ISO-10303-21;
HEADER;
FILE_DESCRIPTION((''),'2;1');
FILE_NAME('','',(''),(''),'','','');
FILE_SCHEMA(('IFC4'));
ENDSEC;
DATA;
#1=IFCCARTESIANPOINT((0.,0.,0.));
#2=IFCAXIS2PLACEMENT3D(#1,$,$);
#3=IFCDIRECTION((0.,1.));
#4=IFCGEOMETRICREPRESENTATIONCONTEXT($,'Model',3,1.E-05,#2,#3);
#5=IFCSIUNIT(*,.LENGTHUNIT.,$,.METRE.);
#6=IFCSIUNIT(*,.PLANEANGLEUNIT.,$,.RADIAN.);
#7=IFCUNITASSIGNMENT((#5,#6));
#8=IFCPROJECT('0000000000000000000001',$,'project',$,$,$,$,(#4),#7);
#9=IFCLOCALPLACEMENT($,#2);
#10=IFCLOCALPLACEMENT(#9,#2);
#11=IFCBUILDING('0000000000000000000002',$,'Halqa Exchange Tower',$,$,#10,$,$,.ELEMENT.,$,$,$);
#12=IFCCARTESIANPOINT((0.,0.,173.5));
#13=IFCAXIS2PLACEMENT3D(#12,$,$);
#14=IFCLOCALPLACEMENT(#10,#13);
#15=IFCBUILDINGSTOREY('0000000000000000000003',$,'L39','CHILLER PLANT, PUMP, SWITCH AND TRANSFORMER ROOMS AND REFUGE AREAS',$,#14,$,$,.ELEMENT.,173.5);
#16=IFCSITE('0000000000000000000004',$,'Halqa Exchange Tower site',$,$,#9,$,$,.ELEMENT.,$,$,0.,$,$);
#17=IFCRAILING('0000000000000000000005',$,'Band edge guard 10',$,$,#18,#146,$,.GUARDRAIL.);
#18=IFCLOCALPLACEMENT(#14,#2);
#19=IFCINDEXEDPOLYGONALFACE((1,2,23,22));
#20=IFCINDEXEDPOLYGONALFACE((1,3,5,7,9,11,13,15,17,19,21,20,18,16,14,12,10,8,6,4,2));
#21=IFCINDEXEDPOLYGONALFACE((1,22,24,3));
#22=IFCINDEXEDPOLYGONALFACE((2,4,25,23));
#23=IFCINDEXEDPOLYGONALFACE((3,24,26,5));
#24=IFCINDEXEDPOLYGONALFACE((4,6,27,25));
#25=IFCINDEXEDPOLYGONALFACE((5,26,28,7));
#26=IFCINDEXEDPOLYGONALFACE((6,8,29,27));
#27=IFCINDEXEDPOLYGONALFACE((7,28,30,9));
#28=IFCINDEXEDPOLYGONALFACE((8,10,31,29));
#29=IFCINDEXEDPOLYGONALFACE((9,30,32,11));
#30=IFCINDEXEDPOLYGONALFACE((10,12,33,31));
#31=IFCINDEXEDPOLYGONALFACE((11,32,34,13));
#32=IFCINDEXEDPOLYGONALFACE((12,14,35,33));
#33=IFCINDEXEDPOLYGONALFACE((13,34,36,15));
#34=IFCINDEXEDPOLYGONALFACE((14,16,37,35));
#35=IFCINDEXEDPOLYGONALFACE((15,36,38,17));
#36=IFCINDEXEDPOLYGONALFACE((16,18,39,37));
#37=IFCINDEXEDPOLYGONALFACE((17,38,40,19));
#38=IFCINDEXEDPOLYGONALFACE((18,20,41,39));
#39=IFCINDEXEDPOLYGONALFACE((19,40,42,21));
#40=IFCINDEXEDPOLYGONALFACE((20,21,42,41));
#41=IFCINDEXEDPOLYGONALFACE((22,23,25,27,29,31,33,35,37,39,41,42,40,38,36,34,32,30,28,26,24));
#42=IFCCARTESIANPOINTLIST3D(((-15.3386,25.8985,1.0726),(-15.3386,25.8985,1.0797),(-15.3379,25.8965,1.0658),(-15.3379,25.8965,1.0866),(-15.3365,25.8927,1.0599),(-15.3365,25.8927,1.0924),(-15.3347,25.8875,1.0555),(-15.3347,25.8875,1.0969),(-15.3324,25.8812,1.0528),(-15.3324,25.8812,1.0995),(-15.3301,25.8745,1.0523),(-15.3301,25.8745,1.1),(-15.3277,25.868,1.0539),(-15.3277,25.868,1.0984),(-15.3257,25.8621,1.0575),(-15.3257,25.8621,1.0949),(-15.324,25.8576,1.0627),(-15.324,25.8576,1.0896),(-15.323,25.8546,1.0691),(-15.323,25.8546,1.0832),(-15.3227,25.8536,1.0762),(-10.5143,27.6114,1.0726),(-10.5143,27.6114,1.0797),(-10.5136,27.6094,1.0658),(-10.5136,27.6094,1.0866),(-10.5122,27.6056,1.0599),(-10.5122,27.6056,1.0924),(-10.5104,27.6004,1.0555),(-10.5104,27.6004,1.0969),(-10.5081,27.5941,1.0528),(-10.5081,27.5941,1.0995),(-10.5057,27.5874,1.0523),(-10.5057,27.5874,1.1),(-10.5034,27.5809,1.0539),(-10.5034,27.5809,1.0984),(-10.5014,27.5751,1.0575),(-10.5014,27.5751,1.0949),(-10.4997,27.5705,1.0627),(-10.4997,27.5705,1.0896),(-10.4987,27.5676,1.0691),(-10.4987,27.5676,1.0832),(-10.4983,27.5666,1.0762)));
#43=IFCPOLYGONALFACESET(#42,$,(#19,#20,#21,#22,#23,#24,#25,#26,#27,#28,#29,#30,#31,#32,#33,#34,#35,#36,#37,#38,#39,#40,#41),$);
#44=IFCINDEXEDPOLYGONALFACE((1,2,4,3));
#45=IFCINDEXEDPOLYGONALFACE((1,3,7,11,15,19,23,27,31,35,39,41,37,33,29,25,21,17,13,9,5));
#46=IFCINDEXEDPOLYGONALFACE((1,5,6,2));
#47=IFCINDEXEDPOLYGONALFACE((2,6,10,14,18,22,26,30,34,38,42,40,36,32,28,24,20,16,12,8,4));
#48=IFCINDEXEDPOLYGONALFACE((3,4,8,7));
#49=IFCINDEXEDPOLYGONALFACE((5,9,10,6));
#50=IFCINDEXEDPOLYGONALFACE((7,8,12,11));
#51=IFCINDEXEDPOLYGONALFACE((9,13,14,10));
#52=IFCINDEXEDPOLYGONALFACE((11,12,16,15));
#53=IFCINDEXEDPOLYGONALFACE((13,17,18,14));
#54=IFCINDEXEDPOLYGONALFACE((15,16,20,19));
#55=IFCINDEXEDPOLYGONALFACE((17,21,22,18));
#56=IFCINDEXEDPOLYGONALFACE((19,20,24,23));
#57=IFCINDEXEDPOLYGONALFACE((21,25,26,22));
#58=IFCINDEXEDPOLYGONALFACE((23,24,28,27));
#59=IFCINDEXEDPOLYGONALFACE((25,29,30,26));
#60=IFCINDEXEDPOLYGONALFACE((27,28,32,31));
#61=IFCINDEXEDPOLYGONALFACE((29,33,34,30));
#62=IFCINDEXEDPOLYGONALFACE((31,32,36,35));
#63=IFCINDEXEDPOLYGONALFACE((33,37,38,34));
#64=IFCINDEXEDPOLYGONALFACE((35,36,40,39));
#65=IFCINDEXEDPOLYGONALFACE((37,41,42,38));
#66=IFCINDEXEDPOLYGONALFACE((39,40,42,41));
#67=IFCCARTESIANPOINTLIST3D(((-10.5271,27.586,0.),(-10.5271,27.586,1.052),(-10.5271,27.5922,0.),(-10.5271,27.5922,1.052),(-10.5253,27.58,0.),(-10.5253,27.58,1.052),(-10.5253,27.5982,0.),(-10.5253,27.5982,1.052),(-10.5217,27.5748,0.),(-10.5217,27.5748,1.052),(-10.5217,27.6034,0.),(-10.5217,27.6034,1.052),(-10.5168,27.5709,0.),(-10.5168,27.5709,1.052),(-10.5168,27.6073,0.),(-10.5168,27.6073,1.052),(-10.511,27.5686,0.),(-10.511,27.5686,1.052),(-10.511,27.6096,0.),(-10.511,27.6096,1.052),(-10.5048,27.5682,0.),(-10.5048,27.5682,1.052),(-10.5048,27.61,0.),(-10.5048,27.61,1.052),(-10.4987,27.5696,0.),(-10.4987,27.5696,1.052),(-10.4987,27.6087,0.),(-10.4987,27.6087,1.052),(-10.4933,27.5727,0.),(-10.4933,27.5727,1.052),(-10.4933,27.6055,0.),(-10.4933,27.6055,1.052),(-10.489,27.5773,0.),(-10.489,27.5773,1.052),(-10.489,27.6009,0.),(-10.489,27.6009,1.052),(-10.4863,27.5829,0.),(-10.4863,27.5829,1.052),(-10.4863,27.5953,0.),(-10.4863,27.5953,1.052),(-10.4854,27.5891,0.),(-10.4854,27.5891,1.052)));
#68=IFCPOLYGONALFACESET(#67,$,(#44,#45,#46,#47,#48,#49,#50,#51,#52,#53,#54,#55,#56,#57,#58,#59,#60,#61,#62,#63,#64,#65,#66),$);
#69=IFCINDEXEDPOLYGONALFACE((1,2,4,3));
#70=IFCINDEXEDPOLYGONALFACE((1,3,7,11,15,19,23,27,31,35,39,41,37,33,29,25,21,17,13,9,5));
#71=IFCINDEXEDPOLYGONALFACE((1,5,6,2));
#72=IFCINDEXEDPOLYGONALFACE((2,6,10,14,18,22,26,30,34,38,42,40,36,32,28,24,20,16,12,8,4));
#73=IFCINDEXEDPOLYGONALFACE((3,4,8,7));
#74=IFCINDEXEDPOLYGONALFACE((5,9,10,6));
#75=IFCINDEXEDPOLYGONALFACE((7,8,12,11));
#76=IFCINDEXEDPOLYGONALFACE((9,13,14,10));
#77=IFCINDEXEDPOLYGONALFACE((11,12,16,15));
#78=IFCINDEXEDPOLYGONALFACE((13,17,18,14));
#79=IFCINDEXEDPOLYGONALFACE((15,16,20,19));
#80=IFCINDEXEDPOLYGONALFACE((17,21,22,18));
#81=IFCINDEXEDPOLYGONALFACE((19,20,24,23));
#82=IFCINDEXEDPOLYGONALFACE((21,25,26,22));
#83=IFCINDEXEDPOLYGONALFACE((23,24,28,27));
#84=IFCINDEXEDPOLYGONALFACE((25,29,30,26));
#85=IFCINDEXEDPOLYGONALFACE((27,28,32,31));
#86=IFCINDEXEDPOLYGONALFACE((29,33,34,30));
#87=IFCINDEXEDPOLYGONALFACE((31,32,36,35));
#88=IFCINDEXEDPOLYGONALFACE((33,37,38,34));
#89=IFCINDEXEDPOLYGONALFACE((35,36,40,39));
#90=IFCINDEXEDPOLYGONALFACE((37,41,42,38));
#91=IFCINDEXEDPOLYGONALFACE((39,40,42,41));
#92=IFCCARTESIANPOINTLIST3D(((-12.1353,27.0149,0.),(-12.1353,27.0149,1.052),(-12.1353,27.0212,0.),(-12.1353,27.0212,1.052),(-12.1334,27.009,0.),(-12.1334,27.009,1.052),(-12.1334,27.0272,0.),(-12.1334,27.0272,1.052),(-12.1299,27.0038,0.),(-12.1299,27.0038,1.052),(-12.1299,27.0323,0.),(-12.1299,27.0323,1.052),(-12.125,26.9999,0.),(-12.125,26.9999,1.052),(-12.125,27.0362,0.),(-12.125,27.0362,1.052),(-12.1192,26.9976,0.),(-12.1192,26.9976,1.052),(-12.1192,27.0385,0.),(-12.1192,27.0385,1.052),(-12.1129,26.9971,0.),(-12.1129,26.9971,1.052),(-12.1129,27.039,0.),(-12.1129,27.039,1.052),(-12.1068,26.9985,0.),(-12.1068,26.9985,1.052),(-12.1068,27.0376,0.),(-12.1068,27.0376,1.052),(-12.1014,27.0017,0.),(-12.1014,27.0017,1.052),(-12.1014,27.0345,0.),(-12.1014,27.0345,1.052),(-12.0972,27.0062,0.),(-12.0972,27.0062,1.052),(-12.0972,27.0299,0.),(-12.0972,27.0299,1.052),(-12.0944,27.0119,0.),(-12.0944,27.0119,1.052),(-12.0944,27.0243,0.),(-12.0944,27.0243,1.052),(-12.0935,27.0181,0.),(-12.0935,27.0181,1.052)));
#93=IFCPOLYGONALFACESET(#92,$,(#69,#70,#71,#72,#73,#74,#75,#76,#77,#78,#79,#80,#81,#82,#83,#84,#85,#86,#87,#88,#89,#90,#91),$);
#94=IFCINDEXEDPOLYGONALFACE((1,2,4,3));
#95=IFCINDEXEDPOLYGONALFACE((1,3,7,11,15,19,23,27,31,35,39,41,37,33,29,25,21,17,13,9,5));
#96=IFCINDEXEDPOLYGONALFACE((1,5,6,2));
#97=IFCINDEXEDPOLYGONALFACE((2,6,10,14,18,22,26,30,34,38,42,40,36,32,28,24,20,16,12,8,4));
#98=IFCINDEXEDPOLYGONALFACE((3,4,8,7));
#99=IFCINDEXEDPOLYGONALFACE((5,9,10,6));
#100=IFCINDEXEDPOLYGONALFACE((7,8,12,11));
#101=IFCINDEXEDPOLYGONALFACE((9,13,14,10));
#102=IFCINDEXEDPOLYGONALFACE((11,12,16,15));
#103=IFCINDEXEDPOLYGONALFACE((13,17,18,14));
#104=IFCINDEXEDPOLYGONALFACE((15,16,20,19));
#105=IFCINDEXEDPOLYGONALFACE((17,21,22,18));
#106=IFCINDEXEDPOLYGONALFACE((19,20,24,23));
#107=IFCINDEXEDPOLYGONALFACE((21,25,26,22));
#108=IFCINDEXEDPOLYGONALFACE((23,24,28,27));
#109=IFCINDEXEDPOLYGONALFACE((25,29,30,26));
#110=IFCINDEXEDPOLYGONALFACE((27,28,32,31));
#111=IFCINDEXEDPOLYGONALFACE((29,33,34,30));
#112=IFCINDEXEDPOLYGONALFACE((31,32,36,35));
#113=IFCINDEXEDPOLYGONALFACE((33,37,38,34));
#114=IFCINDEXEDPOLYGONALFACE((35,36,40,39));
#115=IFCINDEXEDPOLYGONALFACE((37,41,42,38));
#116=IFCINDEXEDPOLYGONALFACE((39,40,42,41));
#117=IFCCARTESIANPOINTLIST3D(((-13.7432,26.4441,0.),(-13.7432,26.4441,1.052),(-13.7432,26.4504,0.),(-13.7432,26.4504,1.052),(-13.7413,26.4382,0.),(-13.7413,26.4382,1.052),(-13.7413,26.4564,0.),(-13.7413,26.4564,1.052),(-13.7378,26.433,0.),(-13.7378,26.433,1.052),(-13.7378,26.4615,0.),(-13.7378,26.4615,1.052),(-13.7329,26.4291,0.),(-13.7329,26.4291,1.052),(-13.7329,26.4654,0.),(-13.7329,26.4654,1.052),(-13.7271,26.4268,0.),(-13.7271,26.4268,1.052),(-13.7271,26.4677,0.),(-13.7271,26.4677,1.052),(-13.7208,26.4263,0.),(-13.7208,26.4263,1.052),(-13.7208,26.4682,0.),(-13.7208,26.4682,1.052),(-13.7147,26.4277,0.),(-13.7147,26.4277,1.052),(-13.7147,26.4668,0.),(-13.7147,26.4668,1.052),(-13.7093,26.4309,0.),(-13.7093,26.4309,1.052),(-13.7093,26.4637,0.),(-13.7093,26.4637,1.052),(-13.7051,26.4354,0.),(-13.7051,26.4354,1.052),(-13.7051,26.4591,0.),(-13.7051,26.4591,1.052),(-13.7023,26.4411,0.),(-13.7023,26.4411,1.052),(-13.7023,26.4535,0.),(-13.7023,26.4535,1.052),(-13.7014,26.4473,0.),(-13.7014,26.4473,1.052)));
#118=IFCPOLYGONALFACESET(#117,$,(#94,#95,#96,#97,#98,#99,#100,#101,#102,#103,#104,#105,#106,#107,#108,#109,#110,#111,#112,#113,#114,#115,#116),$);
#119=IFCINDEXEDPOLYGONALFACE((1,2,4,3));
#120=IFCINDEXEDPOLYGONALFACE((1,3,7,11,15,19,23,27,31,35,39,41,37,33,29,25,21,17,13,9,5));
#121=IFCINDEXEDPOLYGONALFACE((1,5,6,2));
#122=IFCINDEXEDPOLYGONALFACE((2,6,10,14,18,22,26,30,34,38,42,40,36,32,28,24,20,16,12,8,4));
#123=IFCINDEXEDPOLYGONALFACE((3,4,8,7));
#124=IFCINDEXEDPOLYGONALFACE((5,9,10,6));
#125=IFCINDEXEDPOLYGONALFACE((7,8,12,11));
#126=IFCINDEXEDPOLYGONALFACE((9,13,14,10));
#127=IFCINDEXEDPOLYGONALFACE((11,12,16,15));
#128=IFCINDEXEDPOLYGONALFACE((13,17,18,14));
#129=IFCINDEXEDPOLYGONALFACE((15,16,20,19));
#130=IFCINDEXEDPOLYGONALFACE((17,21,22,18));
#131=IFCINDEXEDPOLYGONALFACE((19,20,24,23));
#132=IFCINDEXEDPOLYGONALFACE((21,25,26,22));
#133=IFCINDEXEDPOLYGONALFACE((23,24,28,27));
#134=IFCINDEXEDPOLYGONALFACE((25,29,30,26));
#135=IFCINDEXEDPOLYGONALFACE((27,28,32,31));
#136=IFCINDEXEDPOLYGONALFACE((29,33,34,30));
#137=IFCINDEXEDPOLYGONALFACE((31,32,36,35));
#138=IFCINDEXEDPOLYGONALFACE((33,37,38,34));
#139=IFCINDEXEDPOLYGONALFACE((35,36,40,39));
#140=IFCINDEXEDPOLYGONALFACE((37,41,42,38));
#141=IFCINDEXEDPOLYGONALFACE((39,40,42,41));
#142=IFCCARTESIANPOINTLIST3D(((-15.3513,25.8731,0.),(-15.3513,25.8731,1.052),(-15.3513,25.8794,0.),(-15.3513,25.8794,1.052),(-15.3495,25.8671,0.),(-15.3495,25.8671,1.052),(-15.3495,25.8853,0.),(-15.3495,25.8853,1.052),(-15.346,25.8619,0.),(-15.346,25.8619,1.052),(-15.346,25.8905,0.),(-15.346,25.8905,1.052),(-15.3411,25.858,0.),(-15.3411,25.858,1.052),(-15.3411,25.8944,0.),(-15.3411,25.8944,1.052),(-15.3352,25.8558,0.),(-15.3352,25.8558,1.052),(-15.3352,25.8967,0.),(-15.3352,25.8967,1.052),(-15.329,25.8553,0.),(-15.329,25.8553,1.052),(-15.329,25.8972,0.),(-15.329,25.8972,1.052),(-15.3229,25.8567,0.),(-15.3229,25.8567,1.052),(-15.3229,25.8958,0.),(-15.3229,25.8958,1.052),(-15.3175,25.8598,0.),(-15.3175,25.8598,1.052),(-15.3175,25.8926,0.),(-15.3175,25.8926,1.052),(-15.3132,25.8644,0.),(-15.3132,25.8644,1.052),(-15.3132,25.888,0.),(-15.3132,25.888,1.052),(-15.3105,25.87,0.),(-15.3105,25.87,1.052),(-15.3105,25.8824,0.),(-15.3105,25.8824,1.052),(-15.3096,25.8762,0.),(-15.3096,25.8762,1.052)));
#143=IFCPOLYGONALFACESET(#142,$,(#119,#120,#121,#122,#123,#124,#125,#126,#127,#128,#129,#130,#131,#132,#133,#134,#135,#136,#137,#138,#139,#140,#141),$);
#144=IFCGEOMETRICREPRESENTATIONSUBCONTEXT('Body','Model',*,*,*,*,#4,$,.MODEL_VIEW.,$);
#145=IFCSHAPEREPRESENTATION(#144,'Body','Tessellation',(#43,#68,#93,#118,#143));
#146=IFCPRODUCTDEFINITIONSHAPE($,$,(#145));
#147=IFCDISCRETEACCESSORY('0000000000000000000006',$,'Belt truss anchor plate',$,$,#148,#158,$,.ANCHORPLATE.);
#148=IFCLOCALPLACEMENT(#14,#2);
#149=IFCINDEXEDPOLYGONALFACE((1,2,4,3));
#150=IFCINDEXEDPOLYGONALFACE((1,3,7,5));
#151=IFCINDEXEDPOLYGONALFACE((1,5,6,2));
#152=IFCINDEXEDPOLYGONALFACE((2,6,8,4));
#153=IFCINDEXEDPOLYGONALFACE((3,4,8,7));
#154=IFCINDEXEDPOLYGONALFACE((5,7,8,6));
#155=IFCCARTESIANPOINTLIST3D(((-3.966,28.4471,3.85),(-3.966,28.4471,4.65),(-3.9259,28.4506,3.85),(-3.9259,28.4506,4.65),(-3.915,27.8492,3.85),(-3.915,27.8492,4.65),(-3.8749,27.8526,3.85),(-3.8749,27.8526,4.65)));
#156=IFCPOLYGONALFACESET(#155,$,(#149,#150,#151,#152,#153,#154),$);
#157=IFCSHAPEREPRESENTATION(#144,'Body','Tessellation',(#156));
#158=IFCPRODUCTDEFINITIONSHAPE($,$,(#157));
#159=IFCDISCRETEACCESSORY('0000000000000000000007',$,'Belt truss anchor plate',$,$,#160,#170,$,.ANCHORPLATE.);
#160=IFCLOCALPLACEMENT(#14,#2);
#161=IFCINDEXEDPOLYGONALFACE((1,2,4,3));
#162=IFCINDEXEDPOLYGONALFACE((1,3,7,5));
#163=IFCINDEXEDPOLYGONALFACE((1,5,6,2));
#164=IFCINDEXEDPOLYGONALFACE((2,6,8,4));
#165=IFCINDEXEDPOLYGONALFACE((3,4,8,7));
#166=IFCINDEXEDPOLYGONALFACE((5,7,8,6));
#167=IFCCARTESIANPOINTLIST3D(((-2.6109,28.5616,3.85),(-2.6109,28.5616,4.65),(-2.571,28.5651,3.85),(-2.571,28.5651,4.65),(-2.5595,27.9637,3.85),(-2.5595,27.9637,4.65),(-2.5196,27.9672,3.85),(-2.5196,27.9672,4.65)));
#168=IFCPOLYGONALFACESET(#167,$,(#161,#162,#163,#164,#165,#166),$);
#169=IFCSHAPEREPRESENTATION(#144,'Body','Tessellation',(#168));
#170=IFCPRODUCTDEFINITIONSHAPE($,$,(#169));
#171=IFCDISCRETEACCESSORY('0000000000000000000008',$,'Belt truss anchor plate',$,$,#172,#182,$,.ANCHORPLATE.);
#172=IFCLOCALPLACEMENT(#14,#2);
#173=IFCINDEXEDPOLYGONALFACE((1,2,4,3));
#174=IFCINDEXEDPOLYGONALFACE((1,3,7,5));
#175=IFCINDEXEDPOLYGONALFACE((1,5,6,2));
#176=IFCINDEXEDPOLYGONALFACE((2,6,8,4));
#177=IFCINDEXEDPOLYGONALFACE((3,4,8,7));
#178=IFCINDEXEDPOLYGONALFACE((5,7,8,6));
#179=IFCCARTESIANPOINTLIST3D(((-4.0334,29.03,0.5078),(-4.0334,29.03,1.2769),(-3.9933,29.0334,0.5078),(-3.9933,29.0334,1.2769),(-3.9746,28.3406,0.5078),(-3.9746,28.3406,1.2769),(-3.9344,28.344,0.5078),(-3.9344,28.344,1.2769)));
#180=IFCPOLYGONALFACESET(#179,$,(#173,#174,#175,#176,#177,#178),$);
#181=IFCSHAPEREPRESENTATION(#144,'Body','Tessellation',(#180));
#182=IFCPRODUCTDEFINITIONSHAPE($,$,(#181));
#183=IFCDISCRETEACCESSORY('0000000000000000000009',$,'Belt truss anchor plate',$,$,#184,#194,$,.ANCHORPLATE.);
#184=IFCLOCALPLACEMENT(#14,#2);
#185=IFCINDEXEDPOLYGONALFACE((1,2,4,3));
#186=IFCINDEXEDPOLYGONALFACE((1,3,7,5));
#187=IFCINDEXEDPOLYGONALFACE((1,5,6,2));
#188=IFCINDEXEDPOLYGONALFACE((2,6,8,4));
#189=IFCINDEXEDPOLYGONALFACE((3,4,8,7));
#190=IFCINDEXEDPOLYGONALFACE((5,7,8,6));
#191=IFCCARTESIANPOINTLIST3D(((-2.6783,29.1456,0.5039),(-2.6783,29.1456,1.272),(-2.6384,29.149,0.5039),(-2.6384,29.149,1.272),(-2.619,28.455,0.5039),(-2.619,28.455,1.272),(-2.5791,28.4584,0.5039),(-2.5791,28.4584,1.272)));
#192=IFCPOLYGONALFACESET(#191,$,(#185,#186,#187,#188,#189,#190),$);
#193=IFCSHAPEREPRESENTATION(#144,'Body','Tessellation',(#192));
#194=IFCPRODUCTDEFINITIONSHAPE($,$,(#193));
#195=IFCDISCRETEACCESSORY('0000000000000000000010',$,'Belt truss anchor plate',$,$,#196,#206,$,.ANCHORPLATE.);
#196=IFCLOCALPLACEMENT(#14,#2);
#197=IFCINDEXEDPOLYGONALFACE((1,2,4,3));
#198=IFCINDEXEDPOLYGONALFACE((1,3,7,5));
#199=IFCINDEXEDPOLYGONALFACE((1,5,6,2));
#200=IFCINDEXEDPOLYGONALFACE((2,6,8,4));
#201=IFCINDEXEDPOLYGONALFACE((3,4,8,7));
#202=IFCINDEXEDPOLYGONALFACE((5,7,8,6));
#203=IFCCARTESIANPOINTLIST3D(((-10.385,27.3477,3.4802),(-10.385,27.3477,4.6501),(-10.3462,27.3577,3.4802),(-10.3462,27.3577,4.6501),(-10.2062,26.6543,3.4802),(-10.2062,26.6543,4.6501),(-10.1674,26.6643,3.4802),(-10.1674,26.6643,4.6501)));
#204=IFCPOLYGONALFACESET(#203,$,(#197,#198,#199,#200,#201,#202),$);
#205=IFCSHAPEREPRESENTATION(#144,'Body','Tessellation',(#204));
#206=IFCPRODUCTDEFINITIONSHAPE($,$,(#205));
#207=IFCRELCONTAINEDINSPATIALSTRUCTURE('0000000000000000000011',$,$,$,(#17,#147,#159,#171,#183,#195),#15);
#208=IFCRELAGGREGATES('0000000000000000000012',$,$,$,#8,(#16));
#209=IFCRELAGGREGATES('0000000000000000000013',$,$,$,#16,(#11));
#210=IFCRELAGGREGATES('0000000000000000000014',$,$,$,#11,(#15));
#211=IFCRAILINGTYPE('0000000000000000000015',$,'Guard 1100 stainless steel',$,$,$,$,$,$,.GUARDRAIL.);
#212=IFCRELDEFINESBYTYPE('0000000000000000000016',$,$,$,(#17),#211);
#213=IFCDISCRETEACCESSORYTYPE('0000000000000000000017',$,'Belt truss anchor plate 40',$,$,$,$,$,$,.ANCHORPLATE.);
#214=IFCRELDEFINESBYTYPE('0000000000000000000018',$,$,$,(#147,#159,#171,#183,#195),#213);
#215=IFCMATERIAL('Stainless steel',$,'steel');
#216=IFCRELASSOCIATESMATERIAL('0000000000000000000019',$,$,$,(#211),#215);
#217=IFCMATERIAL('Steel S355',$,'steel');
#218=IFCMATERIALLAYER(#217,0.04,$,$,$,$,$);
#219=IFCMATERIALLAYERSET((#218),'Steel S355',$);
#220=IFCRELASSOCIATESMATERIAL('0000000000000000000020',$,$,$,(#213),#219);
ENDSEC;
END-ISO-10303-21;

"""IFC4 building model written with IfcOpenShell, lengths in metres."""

from ifc_helpers import new_model, si_unit, direction, frame, origin, origin_2d, place, context, subcontext, project, spatial, rectangle, circle, extrude, material, layer, layer_set, type_object, element, save


model = new_model("IFC4")

# Units and contexts
model_context = context("Model", 3, precision=1e-05, world=origin(), true_north=direction((0.0, 1.0)))
body_context = subcontext(model_context, "Body", "Model", "MODEL_VIEW")
ifc_project = project(units=[si_unit("LENGTHUNIT", "METRE"), si_unit("PLANEANGLEUNIT", "RADIAN")], contexts=[model_context])

# Site, building, storey
site_placement = place(None, origin())
site = spatial("IfcSite", under=ifc_project, at=site_placement, Name="Halqa Exchange Tower site", CompositionType="ELEMENT", RefElevation=0.0)
building_placement = place(site_placement, origin())
building = spatial("IfcBuilding", under=site, at=building_placement, Name="Halqa Exchange Tower", CompositionType="ELEMENT")
storey_placement = place(building_placement, frame((0.0, 0.0, 173.5)))
storey = spatial("IfcBuildingStorey", under=building, at=storey_placement, Name="L39", Description="CHILLER PLANT, PUMP, SWITCH AND TRANSFORMER ROOMS AND REFUGE AREAS", CompositionType="ELEMENT", Elevation=173.5)

# Shared definitions
ifc_material_1 = material(Name="Steel S355", Category="steel")

# Railing
ifc_material_2 = material(Name="Stainless steel", Category="steel")
railing_type = type_object("IfcRailingType", Name="Guard 1100 stainless steel", PredefinedType="GUARDRAIL", material=ifc_material_2)
railing_1_placement = place(storey_placement, frame((-10.5063, 27.5891, 0.0)))
element("IfcRailing", 1, at=railing_1_placement, inside=storey, type_object=railing_type, Name="Band edge guard 10", PredefinedType="GUARDRAIL", context=body_context, shape_type="SweptSolid", body=[
    extrude(circle(Radius=0.0239, at=origin_2d()), frame((0.0, 0.0, 1.0762), z_axis=(-0.942362, -0.334596, 0.0), x_axis=(0.334596, -0.942362, 0.0)), (0.0, 0.0, 1.0), 5.1194),
    extrude(circle(Radius=0.021, at=origin_2d()), origin(), (0.0, 0.0, 1.0), 1.052),
    extrude(circle(Radius=0.021, at=origin_2d()), frame((-1.6082, -0.571, 0.0)), (0.0, 0.0, 1.0), 1.052),
    extrude(circle(Radius=0.021, at=origin_2d()), frame((-3.2161, -1.1418, 0.0)), (0.0, 0.0, 1.0), 1.052),
    extrude(circle(Radius=0.021, at=origin_2d()), frame((-4.8242, -1.7129, 0.0)), (0.0, 0.0, 1.0), 1.052),
])

# Discrete accessories
ifc_layer_1 = layer(ifc_material_1, 0.04)
ifc_layer_set_1 = layer_set([ifc_layer_1], Name="Steel S355")
discrete_accessory_type = type_object("IfcDiscreteAccessoryType", Name="Belt truss anchor plate 40", PredefinedType="ANCHORPLATE", material=ifc_layer_set_1)
discrete_accessory_1_placement = place(storey_placement, frame((-3.9004, 28.1516, 4.25), z_axis=(-0.996376, -0.085056, 0.0), x_axis=(0.085056, -0.996376, 0.0)))
element("IfcDiscreteAccessory", 2, at=discrete_accessory_1_placement, inside=storey, type_object=discrete_accessory_type, Name="Belt truss anchor plate", PredefinedType="ANCHORPLATE", context=body_context, shape_type="SweptSolid", body=[
    extrude(rectangle(XDim=0.6001, YDim=0.8, at=origin_2d()), origin(), (0.0, 0.0, 1.0), 0.0403),
])
discrete_accessory_2_placement = place(storey_placement, frame((-2.5852, 28.2627, 4.25), z_axis=(0.996332, 0.085575, 0.0), x_axis=(-0.085575, 0.996332, 0.0)))
element("IfcDiscreteAccessory", 3, at=discrete_accessory_2_placement, inside=storey, type_object=discrete_accessory_type, Name="Belt truss anchor plate", PredefinedType="ANCHORPLATE", context=body_context, shape_type="SweptSolid", body=[
    extrude(rectangle(XDim=0.6001, YDim=0.8, at=origin_2d()), origin(), (0.0, 0.0, 1.0), 0.04),
])
discrete_accessory_3_placement = place(storey_placement, frame((-3.9639, 28.6887, 0.8923), z_axis=(-0.996376, -0.085056, 0.0), x_axis=(0.085056, -0.996376, 0.0)))
element("IfcDiscreteAccessory", 4, at=discrete_accessory_3_placement, inside=storey, type_object=discrete_accessory_type, Name="Belt truss anchor plate", PredefinedType="ANCHORPLATE", context=body_context, shape_type="SweptSolid", body=[
    extrude(rectangle(XDim=0.6919, YDim=0.769, at=origin_2d()), origin(), (0.0, 0.0, 1.0), 0.0403),
])
discrete_accessory_4_placement = place(storey_placement, frame((-2.6487, 28.8003, 0.8879), z_axis=(0.996332, 0.085575, 0.0), x_axis=(-0.085575, 0.996332, 0.0)))
element("IfcDiscreteAccessory", 5, at=discrete_accessory_4_placement, inside=storey, type_object=discrete_accessory_type, Name="Belt truss anchor plate", PredefinedType="ANCHORPLATE", context=body_context, shape_type="SweptSolid", body=[
    extrude(rectangle(XDim=0.6931, YDim=0.7681, at=origin_2d()), origin(), (0.0, 0.0, 1.0), 0.04),
])
discrete_accessory_5_placement = place(storey_placement, frame((-10.2568, 27.011, 4.0652), z_axis=(-0.968325, -0.249694, 0.0), x_axis=(0.249694, -0.968325, 0.0)))
element("IfcDiscreteAccessory", 6, at=discrete_accessory_5_placement, inside=storey, type_object=discrete_accessory_type, Name="Belt truss anchor plate", PredefinedType="ANCHORPLATE", context=body_context, shape_type="SweptSolid", body=[
    extrude(rectangle(XDim=0.7161, YDim=1.1699, at=origin_2d()), origin(), (0.0, 0.0, 1.0), 0.04),
])

save(model, "model.ifc")
